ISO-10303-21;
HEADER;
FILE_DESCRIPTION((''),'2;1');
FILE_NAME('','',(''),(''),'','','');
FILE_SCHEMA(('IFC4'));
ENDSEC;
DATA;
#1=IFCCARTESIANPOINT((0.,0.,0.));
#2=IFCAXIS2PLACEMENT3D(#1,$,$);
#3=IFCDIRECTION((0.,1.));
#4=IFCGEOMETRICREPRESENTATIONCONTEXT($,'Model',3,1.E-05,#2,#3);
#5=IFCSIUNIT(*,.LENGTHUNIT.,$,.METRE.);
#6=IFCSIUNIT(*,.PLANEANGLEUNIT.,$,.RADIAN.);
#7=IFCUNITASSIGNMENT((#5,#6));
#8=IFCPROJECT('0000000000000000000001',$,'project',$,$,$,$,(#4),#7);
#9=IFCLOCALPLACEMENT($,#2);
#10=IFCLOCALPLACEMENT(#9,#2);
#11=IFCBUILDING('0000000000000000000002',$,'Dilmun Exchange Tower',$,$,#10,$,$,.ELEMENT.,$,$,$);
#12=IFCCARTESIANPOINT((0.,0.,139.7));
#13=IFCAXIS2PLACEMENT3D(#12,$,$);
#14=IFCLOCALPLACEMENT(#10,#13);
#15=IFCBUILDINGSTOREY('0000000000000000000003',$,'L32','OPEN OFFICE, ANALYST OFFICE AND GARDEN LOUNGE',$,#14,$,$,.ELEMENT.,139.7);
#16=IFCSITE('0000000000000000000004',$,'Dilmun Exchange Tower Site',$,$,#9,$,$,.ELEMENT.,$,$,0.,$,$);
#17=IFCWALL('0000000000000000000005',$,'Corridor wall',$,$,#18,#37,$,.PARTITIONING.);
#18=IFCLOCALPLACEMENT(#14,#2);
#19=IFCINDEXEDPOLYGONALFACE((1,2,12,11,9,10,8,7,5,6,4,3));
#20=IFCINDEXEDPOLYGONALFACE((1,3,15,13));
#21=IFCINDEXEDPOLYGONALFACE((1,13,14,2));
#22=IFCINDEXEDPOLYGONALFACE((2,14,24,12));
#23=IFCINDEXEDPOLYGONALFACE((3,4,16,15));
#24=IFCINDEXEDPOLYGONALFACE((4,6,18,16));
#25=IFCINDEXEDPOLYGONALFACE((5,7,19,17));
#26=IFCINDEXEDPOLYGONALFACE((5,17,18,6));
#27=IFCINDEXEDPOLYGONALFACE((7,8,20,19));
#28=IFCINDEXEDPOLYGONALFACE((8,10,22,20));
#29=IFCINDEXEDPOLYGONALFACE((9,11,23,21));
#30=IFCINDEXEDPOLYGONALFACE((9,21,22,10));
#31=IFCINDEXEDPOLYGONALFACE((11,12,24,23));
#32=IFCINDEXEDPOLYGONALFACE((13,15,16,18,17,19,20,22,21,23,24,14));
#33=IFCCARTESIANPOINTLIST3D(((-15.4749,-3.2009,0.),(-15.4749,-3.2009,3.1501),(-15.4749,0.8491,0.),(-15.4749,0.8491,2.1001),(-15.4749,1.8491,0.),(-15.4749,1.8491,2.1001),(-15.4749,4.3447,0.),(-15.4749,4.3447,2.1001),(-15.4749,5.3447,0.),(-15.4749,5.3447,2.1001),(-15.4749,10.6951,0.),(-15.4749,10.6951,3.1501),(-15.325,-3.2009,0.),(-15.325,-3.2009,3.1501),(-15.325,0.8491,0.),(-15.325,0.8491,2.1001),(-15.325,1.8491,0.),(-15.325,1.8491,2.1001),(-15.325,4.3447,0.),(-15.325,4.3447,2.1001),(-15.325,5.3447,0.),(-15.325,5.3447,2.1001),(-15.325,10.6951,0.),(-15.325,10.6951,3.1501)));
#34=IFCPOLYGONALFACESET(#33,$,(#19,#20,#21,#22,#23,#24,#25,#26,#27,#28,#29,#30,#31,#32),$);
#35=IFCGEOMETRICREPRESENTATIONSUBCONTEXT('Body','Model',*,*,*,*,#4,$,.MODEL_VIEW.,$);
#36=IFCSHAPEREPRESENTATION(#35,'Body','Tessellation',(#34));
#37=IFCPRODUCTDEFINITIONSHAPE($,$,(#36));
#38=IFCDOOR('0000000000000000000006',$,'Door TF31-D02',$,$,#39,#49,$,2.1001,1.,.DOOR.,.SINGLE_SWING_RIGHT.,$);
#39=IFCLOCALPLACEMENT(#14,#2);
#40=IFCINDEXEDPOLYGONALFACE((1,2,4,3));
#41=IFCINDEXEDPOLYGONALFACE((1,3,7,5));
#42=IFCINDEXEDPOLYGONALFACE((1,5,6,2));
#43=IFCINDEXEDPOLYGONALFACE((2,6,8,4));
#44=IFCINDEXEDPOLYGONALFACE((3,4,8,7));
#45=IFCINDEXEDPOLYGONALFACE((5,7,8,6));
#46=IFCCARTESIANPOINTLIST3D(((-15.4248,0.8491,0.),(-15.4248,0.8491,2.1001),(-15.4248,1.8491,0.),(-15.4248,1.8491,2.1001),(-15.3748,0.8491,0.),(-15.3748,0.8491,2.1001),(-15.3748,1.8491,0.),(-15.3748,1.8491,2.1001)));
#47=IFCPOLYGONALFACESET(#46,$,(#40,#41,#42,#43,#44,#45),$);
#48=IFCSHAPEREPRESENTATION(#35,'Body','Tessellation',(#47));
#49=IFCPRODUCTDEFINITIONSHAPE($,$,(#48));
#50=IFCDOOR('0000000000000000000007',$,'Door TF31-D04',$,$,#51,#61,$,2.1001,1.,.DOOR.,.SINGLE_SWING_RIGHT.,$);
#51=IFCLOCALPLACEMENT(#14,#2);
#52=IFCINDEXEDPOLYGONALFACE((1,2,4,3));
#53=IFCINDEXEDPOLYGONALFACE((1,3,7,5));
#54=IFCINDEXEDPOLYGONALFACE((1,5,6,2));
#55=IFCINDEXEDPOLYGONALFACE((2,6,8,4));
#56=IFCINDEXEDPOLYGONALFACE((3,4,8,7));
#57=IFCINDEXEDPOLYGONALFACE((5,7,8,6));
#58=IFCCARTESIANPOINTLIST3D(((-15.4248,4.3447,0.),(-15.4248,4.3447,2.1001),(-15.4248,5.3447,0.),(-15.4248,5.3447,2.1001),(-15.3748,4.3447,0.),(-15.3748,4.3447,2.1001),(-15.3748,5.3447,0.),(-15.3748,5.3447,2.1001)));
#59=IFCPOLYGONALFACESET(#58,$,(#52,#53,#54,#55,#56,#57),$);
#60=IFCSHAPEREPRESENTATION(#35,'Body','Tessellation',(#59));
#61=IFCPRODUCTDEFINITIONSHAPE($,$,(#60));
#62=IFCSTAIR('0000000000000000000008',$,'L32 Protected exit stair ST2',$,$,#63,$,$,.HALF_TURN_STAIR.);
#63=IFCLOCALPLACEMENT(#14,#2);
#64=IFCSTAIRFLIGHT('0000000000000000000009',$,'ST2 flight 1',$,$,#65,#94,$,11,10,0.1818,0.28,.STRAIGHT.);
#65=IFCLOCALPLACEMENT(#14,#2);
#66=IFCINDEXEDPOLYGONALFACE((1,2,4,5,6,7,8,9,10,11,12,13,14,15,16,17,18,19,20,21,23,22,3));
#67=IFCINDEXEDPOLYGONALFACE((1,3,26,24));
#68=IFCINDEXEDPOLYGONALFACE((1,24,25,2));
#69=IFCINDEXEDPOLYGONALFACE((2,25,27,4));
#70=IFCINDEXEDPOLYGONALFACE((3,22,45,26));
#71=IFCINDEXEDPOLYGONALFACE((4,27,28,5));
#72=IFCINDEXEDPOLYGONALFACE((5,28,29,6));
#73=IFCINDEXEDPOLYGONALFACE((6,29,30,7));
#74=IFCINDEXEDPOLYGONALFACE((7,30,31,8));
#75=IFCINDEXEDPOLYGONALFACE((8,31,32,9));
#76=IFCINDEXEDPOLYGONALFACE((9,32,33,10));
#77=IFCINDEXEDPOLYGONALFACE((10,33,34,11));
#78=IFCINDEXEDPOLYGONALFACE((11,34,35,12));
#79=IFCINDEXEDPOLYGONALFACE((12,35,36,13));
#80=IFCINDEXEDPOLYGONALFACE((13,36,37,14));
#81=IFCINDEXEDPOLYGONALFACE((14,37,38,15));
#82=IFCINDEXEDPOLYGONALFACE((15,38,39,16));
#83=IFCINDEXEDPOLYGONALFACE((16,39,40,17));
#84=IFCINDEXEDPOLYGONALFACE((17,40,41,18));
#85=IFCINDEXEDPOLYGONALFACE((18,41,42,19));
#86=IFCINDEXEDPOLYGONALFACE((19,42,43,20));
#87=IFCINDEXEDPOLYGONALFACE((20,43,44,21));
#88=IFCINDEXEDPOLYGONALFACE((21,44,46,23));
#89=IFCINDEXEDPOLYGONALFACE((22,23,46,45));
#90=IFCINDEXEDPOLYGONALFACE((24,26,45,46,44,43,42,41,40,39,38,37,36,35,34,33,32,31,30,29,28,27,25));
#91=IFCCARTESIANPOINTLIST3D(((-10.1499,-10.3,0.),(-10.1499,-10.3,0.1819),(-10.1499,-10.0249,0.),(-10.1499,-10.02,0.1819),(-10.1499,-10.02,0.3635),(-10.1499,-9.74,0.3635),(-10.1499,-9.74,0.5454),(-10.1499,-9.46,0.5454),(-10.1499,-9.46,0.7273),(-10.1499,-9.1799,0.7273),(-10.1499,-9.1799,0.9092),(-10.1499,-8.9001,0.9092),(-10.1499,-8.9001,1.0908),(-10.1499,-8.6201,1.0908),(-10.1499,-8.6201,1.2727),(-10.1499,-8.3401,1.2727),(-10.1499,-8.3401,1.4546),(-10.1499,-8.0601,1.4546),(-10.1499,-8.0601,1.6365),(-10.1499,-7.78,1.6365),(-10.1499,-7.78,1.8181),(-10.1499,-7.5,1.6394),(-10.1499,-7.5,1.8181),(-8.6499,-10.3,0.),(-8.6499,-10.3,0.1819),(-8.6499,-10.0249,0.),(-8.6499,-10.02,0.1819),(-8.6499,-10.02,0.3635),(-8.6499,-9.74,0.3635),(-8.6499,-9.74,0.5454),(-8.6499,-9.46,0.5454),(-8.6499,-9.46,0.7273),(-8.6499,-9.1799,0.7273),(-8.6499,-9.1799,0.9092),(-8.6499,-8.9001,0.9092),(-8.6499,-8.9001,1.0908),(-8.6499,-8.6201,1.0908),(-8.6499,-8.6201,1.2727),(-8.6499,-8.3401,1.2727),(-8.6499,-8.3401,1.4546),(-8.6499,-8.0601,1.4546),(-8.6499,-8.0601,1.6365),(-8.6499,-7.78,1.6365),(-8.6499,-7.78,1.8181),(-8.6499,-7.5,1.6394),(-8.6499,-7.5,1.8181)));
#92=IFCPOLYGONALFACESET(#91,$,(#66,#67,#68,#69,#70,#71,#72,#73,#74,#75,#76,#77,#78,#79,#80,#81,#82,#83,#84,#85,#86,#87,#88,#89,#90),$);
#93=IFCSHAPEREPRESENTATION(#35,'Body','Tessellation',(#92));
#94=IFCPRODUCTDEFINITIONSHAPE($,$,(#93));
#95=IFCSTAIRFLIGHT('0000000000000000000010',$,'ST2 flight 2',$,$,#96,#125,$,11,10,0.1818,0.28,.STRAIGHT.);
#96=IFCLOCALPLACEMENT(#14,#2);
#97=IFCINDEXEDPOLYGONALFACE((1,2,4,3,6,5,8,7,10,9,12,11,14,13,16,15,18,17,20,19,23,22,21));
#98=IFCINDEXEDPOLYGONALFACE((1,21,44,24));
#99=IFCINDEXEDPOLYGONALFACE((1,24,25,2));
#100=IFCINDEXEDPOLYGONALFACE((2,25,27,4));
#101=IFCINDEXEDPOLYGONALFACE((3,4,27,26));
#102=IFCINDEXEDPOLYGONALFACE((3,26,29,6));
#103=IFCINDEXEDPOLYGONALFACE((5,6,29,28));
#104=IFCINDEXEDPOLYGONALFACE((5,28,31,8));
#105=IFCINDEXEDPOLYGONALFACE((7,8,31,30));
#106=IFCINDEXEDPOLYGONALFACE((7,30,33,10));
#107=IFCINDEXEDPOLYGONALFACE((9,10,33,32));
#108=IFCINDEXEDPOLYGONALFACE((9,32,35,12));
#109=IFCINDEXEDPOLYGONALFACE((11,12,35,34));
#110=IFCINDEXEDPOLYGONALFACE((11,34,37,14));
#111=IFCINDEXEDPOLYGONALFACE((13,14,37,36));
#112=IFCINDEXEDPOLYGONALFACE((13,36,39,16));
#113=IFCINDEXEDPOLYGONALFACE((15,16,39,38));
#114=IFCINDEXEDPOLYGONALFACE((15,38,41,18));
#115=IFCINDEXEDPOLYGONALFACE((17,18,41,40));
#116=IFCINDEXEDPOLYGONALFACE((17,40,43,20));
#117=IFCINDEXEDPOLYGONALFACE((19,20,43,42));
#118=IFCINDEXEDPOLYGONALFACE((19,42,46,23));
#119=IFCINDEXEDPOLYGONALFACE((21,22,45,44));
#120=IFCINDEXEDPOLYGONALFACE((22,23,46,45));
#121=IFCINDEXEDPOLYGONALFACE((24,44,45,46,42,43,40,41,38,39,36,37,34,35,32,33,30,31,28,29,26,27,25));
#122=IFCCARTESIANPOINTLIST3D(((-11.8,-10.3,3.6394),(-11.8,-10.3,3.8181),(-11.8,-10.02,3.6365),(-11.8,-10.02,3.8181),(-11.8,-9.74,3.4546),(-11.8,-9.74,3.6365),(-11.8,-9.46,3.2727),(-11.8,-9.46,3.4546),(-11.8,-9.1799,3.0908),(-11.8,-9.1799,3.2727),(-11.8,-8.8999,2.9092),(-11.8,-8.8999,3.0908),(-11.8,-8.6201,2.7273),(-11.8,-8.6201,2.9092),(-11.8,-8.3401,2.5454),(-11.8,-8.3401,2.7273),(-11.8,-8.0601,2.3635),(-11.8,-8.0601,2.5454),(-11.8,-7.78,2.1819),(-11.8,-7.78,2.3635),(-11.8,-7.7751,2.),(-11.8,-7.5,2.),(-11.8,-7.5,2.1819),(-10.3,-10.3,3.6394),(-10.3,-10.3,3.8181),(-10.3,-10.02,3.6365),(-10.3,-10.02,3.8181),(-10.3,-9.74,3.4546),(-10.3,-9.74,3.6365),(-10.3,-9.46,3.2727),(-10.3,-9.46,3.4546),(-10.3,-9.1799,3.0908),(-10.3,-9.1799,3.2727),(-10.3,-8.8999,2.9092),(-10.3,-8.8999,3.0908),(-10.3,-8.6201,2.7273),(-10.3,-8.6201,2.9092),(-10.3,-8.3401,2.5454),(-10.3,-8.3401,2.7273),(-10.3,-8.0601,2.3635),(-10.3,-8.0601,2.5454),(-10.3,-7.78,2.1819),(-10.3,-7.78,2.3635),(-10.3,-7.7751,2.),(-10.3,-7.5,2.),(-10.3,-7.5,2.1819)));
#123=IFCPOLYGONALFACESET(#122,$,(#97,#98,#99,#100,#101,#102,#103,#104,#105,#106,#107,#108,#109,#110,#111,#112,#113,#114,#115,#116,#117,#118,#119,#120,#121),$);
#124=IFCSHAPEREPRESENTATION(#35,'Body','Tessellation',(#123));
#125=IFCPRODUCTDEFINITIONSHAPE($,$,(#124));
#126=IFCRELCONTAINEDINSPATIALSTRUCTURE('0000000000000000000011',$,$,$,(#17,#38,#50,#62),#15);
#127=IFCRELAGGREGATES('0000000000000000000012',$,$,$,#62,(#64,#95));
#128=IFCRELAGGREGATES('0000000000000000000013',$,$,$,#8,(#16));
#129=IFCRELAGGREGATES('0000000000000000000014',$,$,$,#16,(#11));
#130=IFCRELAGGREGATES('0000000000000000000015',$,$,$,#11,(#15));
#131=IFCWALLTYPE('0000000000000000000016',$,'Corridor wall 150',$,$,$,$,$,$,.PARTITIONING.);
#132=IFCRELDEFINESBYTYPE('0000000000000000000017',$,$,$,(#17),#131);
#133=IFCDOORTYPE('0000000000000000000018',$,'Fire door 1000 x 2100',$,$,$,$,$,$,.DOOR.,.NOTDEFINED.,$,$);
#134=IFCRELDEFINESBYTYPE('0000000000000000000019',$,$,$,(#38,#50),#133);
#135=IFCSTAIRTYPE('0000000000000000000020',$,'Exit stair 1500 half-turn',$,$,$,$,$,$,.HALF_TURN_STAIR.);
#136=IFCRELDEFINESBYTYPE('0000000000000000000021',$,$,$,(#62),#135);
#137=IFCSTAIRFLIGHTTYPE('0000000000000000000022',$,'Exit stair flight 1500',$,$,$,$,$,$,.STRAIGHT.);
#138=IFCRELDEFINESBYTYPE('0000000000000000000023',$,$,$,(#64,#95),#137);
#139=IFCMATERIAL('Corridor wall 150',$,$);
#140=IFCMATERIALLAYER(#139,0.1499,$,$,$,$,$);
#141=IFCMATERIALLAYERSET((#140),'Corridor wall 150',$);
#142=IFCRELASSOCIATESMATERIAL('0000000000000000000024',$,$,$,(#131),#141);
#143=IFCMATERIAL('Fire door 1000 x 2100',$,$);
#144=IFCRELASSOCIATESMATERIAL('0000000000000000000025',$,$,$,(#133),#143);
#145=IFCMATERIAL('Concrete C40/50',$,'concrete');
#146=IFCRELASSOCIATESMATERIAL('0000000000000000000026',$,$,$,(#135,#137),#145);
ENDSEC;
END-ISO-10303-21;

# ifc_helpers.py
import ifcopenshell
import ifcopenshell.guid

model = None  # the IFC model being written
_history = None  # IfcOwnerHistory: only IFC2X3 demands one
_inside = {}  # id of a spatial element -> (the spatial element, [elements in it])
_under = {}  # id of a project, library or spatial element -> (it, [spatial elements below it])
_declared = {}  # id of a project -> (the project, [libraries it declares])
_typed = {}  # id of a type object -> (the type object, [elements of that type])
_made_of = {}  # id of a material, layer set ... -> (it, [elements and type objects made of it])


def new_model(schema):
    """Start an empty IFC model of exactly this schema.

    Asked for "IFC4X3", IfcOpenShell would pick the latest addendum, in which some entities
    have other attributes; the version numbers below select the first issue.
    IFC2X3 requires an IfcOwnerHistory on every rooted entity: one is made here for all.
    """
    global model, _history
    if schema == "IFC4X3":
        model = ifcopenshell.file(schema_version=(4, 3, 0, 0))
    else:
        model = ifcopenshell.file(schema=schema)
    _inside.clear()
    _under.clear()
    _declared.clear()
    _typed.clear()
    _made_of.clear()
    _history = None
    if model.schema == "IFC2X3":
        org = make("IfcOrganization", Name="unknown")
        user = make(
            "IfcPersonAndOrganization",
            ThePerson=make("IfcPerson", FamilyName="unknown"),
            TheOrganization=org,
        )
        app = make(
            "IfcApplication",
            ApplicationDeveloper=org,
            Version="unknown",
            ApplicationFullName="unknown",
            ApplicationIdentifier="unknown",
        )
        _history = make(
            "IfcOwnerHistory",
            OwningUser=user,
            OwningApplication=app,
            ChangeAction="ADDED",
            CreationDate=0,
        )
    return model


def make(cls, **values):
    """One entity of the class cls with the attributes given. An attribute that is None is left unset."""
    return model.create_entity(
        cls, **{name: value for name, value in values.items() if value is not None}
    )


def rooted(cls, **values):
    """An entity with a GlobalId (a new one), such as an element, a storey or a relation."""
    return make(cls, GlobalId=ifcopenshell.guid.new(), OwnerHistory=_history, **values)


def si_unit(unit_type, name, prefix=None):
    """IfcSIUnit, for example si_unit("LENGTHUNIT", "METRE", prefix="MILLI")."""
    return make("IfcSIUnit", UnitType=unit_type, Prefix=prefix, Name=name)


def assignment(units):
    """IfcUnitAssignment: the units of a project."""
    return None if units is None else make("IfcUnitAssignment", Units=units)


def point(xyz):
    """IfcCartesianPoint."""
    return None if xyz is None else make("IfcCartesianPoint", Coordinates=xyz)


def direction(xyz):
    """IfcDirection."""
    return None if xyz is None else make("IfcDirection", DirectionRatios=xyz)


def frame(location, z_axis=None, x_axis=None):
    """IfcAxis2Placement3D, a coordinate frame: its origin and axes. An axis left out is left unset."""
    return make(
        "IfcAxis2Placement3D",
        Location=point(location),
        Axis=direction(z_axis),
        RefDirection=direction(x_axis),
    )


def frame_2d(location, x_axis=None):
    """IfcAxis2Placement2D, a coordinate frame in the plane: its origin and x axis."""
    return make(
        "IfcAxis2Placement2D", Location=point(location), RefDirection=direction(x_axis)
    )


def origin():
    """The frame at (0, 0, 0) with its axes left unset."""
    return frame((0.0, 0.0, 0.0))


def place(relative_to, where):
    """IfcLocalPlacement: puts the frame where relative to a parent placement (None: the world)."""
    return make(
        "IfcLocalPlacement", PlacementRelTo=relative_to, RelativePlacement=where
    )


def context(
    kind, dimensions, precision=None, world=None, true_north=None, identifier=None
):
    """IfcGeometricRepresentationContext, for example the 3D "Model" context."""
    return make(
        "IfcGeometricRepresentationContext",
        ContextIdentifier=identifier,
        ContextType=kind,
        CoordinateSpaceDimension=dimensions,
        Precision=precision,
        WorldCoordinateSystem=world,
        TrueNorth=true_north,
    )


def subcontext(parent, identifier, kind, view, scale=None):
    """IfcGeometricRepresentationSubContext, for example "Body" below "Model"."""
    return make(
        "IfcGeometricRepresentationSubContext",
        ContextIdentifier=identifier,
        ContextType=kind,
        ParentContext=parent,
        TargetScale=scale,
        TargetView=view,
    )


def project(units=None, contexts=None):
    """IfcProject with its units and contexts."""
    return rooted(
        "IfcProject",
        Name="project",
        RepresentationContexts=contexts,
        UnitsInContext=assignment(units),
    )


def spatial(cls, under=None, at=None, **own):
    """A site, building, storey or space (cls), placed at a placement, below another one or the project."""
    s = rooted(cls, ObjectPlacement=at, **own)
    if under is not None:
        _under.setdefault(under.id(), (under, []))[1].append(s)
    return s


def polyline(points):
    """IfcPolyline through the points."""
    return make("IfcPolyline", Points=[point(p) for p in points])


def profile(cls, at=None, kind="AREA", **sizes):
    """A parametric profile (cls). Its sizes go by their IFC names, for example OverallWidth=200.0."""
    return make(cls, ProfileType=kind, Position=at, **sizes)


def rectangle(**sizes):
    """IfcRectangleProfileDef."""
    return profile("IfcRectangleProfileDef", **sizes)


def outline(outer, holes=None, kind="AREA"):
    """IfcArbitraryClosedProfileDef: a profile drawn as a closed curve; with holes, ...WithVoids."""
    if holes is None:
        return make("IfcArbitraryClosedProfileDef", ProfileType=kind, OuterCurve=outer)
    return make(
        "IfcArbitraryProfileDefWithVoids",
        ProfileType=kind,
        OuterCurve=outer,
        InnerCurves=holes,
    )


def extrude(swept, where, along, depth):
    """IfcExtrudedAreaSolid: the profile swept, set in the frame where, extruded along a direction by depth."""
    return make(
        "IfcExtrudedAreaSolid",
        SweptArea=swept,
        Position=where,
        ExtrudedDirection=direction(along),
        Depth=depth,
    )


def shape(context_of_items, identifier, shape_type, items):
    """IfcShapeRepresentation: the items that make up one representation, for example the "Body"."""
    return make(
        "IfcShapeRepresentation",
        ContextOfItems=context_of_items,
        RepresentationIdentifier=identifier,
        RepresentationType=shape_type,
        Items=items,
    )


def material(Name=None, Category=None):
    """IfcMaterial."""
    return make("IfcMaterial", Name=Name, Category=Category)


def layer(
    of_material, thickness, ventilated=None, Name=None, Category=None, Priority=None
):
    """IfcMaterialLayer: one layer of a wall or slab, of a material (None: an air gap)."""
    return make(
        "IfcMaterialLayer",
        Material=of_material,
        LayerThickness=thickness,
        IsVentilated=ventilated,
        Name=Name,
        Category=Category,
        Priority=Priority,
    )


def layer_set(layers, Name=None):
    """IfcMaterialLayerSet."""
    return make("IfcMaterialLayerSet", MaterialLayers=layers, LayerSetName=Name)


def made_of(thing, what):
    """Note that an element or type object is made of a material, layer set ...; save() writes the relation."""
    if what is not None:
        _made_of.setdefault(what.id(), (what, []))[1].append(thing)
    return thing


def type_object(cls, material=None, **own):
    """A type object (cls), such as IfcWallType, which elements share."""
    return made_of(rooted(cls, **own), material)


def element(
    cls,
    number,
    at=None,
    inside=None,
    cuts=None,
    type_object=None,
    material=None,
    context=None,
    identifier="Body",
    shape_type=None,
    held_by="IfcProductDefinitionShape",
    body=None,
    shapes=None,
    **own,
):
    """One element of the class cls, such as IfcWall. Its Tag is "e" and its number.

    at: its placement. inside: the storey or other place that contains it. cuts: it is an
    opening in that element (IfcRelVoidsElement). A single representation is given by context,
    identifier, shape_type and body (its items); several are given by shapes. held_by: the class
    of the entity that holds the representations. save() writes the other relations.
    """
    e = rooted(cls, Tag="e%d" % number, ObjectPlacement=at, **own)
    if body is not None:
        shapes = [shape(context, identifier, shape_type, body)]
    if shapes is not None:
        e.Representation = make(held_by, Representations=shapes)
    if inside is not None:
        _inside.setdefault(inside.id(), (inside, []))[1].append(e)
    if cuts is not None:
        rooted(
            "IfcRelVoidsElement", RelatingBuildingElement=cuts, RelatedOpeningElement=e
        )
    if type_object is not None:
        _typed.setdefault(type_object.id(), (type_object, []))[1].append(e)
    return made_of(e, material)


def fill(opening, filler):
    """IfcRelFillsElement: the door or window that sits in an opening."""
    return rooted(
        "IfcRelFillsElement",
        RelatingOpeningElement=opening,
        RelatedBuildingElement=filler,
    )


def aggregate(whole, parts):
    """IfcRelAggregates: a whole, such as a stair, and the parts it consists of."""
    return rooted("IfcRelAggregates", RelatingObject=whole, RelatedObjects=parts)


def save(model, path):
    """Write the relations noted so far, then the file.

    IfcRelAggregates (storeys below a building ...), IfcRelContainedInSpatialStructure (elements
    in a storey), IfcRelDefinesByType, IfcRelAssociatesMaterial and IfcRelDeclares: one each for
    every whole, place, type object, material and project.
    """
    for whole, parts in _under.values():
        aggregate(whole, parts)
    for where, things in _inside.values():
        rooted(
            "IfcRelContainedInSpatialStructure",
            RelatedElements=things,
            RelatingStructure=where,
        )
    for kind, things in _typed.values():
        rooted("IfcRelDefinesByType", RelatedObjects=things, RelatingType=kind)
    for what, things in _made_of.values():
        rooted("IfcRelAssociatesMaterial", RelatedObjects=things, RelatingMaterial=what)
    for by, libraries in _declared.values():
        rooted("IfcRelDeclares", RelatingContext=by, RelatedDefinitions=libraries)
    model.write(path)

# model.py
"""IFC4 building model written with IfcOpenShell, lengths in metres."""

from ifc_helpers import new_model, si_unit, direction, frame, frame_2d, origin, place, context, subcontext, project, spatial, polyline, rectangle, outline, extrude, material, layer, layer_set, type_object, element, fill, aggregate, save


model = new_model("IFC4")

# Units and contexts
model_context = context("Model", 3, precision=1e-05, world=origin(), true_north=direction((0.0, 1.0)))
body_context = subcontext(model_context, "Body", "Model", "MODEL_VIEW")
ifc_project = project(units=[si_unit("LENGTHUNIT", "METRE"), si_unit("PLANEANGLEUNIT", "RADIAN")], contexts=[model_context])

# Site, building, storey
site_placement = place(None, origin())
site = spatial("IfcSite", under=ifc_project, at=site_placement, Name="Dilmun Exchange Tower Site", CompositionType="ELEMENT", RefElevation=0.0)
building_placement = place(site_placement, origin())
building = spatial("IfcBuilding", under=site, at=building_placement, Name="Dilmun Exchange Tower", CompositionType="ELEMENT")
storey_placement = place(building_placement, frame((0.0, 0.0, 139.7)))
storey = spatial("IfcBuildingStorey", under=building, at=storey_placement, Name="L32", Description="OPEN OFFICE, ANALYST OFFICE AND GARDEN LOUNGE", CompositionType="ELEMENT", Elevation=139.7)

# Shared definitions
ifc_material_1 = material(Name="Concrete C40/50", Category="concrete")

# Shared definitions
ifc_material_2 = material(Name="Corridor wall 150")
ifc_layer_1 = layer(ifc_material_2, 0.1499)
ifc_layer_set_1 = layer_set([ifc_layer_1], Name="Corridor wall 150")
wall_type_1 = type_object("IfcWallType", Name="Corridor wall 150", PredefinedType="PARTITIONING", material=ifc_layer_set_1)

# Shared definitions
ifc_material_3 = material(Name="Fire door 1000 x 2100")
door_type_1 = type_object("IfcDoorType", Name="Fire door 1000 x 2100", OperationType="NOTDEFINED", PredefinedType="DOOR", material=ifc_material_3)

# Wall, openings, doors
wall_1_placement = place(storey_placement, frame((-15.3999, -3.2009, 0.0), z_axis=(0.0, 0.0, 1.0), x_axis=(0.0, 1.0, 0.0)))
wall_1 = element("IfcWall", 1, at=wall_1_placement, inside=storey, type_object=wall_type_1, Name="Corridor wall", PredefinedType="PARTITIONING", context=body_context, shape_type="SweptSolid", body=[
    extrude(rectangle(XDim=13.896, YDim=0.1499, at=frame_2d((6.948, 0.0))), origin(), (0.0, 0.0, 1.0), 3.1501),
])
opening_1_placement = place(wall_1_placement, frame((4.05, 0.0, 0.0)))
opening_1 = element("IfcOpeningElement", 2, at=opening_1_placement, cuts=wall_1, PredefinedType="OPENING", context=body_context, shape_type="SweptSolid", body=[
    extrude(rectangle(XDim=1.0, YDim=2.1001, at=frame_2d((0.5, 1.05))), frame((0.0, 0.085, 0.0), z_axis=(0.0, -1.0, 0.0), x_axis=(1.0, 0.0, 0.0)), (0.0, 0.0, 1.0), 0.1699),
])
opening_2_placement = place(wall_1_placement, frame((7.5457, 0.0, 0.0)))
opening_2 = element("IfcOpeningElement", 3, at=opening_2_placement, cuts=wall_1, PredefinedType="OPENING", context=body_context, shape_type="SweptSolid", body=[
    extrude(rectangle(XDim=1.0, YDim=2.1001, at=frame_2d((0.5, 1.05))), frame((0.0, 0.085, 0.0), z_axis=(0.0, -1.0, 0.0), x_axis=(1.0, 0.0, 0.0)), (0.0, 0.0, 1.0), 0.1699),
])
door_1_placement = place(opening_1_placement, origin())
door_1 = element("IfcDoor", 4, at=door_1_placement, inside=storey, type_object=door_type_1, Name="Door TF31-D02", OperationType="SINGLE_SWING_RIGHT", OverallHeight=2.1001, OverallWidth=1.0, PredefinedType="DOOR", context=body_context, shape_type="SweptSolid", body=[
    extrude(rectangle(XDim=1.0, YDim=2.1001, at=frame_2d((0.5, 1.05))), frame((0.0, 0.0249, 0.0), z_axis=(0.0, -1.0, 0.0), x_axis=(1.0, 0.0, 0.0)), (0.0, 0.0, 1.0), 0.05),
])
fill(opening_1, door_1)
door_2_placement = place(opening_2_placement, origin())
door_2 = element("IfcDoor", 5, at=door_2_placement, inside=storey, type_object=door_type_1, Name="Door TF31-D04", OperationType="SINGLE_SWING_RIGHT", OverallHeight=2.1001, OverallWidth=1.0, PredefinedType="DOOR", context=body_context, shape_type="SweptSolid", body=[
    extrude(rectangle(XDim=1.0, YDim=2.1001, at=frame_2d((0.5, 1.05))), frame((0.0, 0.0249, 0.0), z_axis=(0.0, -1.0, 0.0), x_axis=(1.0, 0.0, 0.0)), (0.0, 0.0, 1.0), 0.05),
])
fill(opening_2, door_2)

# Stair, stair flights
stair_type = type_object("IfcStairType", Name="Exit stair 1500 half-turn", PredefinedType="HALF_TURN_STAIR", material=ifc_material_1)
stair_placement = place(storey_placement, origin())
stair = element("IfcStair", 6, at=stair_placement, inside=storey, type_object=stair_type, Name="L32 Protected exit stair ST2", PredefinedType="HALF_TURN_STAIR")
stair_flight_type = type_object("IfcStairFlightType", Name="Exit stair flight 1500", PredefinedType="STRAIGHT", material=ifc_material_1)
stair_flight_1_placement = place(storey_placement, frame((-9.3999, -10.3, 0.0), z_axis=(0.0, 0.0, 1.0), x_axis=(0.0, 1.0, 0.0)))
stair_flight_1 = element("IfcStairFlight", 7, at=stair_flight_1_placement, type_object=stair_flight_type, Name="ST2 flight 1", NumberOfRisers=11, NumberOfTreads=10, PredefinedType="STRAIGHT", RiserHeight=0.1818, TreadLength=0.28, context=body_context, shape_type="SweptSolid", body=[
    extrude(outline(polyline([(0.0, 0.0), (0.0, 0.1819), (0.28, 0.1819), (0.28, 0.3635), (0.5601, 0.3635), (0.5601, 0.5454), (0.8401, 0.5454), (0.8401, 0.7273), (1.1201, 0.7273), (1.1201, 0.9092), (1.3999, 0.9092), (1.3999, 1.0908), (1.6799, 1.0908), (1.6799, 1.2727), (1.96, 1.2727), (1.96, 1.4546), (2.24, 1.4546), (2.24, 1.6365), (2.52, 1.6365), (2.52, 1.8181), (2.8, 1.8181), (2.8, 2.0), (2.8, 1.6394), (0.2751, 0.0), (0.0, 0.0)])), frame((0.0, 0.75, 0.0), z_axis=(0.0, -1.0, 0.0), x_axis=(1.0, 0.0, 0.0)), (0.0, 0.0, 1.0), 1.5),
])
stair_flight_2_placement = place(storey_placement, frame((-11.05, -7.5, 2.0), z_axis=(0.0, 0.0, 1.0), x_axis=(0.0, -1.0, 0.0)))
stair_flight_2 = element("IfcStairFlight", 8, at=stair_flight_2_placement, type_object=stair_flight_type, Name="ST2 flight 2", NumberOfRisers=11, NumberOfTreads=10, PredefinedType="STRAIGHT", RiserHeight=0.1818, TreadLength=0.28, context=body_context, shape_type="SweptSolid", body=[
    extrude(outline(polyline([(0.0, 0.0), (0.0, 0.1819), (0.28, 0.1819), (0.28, 0.3635), (0.5601, 0.3635), (0.5601, 0.5454), (0.8401, 0.5454), (0.8401, 0.7273), (1.1201, 0.7273), (1.1201, 0.9092), (1.3999, 0.9092), (1.3999, 1.0908), (1.6799, 1.0908), (1.6799, 1.2727), (1.96, 1.2727), (1.96, 1.4546), (2.24, 1.4546), (2.24, 1.6365), (2.52, 1.6365), (2.52, 1.8181), (2.8, 1.8181), (2.8, 2.0), (2.8, 1.6394), (0.2751, 0.0), (0.0, 0.0)])), frame((0.0, 0.75, 0.0), z_axis=(0.0, -1.0, 0.0), x_axis=(1.0, 0.0, 0.0)), (0.0, 0.0, 1.0), 1.5),
])
aggregate(stair, [stair_flight_1, stair_flight_2])

save(model, "model.ifc")
